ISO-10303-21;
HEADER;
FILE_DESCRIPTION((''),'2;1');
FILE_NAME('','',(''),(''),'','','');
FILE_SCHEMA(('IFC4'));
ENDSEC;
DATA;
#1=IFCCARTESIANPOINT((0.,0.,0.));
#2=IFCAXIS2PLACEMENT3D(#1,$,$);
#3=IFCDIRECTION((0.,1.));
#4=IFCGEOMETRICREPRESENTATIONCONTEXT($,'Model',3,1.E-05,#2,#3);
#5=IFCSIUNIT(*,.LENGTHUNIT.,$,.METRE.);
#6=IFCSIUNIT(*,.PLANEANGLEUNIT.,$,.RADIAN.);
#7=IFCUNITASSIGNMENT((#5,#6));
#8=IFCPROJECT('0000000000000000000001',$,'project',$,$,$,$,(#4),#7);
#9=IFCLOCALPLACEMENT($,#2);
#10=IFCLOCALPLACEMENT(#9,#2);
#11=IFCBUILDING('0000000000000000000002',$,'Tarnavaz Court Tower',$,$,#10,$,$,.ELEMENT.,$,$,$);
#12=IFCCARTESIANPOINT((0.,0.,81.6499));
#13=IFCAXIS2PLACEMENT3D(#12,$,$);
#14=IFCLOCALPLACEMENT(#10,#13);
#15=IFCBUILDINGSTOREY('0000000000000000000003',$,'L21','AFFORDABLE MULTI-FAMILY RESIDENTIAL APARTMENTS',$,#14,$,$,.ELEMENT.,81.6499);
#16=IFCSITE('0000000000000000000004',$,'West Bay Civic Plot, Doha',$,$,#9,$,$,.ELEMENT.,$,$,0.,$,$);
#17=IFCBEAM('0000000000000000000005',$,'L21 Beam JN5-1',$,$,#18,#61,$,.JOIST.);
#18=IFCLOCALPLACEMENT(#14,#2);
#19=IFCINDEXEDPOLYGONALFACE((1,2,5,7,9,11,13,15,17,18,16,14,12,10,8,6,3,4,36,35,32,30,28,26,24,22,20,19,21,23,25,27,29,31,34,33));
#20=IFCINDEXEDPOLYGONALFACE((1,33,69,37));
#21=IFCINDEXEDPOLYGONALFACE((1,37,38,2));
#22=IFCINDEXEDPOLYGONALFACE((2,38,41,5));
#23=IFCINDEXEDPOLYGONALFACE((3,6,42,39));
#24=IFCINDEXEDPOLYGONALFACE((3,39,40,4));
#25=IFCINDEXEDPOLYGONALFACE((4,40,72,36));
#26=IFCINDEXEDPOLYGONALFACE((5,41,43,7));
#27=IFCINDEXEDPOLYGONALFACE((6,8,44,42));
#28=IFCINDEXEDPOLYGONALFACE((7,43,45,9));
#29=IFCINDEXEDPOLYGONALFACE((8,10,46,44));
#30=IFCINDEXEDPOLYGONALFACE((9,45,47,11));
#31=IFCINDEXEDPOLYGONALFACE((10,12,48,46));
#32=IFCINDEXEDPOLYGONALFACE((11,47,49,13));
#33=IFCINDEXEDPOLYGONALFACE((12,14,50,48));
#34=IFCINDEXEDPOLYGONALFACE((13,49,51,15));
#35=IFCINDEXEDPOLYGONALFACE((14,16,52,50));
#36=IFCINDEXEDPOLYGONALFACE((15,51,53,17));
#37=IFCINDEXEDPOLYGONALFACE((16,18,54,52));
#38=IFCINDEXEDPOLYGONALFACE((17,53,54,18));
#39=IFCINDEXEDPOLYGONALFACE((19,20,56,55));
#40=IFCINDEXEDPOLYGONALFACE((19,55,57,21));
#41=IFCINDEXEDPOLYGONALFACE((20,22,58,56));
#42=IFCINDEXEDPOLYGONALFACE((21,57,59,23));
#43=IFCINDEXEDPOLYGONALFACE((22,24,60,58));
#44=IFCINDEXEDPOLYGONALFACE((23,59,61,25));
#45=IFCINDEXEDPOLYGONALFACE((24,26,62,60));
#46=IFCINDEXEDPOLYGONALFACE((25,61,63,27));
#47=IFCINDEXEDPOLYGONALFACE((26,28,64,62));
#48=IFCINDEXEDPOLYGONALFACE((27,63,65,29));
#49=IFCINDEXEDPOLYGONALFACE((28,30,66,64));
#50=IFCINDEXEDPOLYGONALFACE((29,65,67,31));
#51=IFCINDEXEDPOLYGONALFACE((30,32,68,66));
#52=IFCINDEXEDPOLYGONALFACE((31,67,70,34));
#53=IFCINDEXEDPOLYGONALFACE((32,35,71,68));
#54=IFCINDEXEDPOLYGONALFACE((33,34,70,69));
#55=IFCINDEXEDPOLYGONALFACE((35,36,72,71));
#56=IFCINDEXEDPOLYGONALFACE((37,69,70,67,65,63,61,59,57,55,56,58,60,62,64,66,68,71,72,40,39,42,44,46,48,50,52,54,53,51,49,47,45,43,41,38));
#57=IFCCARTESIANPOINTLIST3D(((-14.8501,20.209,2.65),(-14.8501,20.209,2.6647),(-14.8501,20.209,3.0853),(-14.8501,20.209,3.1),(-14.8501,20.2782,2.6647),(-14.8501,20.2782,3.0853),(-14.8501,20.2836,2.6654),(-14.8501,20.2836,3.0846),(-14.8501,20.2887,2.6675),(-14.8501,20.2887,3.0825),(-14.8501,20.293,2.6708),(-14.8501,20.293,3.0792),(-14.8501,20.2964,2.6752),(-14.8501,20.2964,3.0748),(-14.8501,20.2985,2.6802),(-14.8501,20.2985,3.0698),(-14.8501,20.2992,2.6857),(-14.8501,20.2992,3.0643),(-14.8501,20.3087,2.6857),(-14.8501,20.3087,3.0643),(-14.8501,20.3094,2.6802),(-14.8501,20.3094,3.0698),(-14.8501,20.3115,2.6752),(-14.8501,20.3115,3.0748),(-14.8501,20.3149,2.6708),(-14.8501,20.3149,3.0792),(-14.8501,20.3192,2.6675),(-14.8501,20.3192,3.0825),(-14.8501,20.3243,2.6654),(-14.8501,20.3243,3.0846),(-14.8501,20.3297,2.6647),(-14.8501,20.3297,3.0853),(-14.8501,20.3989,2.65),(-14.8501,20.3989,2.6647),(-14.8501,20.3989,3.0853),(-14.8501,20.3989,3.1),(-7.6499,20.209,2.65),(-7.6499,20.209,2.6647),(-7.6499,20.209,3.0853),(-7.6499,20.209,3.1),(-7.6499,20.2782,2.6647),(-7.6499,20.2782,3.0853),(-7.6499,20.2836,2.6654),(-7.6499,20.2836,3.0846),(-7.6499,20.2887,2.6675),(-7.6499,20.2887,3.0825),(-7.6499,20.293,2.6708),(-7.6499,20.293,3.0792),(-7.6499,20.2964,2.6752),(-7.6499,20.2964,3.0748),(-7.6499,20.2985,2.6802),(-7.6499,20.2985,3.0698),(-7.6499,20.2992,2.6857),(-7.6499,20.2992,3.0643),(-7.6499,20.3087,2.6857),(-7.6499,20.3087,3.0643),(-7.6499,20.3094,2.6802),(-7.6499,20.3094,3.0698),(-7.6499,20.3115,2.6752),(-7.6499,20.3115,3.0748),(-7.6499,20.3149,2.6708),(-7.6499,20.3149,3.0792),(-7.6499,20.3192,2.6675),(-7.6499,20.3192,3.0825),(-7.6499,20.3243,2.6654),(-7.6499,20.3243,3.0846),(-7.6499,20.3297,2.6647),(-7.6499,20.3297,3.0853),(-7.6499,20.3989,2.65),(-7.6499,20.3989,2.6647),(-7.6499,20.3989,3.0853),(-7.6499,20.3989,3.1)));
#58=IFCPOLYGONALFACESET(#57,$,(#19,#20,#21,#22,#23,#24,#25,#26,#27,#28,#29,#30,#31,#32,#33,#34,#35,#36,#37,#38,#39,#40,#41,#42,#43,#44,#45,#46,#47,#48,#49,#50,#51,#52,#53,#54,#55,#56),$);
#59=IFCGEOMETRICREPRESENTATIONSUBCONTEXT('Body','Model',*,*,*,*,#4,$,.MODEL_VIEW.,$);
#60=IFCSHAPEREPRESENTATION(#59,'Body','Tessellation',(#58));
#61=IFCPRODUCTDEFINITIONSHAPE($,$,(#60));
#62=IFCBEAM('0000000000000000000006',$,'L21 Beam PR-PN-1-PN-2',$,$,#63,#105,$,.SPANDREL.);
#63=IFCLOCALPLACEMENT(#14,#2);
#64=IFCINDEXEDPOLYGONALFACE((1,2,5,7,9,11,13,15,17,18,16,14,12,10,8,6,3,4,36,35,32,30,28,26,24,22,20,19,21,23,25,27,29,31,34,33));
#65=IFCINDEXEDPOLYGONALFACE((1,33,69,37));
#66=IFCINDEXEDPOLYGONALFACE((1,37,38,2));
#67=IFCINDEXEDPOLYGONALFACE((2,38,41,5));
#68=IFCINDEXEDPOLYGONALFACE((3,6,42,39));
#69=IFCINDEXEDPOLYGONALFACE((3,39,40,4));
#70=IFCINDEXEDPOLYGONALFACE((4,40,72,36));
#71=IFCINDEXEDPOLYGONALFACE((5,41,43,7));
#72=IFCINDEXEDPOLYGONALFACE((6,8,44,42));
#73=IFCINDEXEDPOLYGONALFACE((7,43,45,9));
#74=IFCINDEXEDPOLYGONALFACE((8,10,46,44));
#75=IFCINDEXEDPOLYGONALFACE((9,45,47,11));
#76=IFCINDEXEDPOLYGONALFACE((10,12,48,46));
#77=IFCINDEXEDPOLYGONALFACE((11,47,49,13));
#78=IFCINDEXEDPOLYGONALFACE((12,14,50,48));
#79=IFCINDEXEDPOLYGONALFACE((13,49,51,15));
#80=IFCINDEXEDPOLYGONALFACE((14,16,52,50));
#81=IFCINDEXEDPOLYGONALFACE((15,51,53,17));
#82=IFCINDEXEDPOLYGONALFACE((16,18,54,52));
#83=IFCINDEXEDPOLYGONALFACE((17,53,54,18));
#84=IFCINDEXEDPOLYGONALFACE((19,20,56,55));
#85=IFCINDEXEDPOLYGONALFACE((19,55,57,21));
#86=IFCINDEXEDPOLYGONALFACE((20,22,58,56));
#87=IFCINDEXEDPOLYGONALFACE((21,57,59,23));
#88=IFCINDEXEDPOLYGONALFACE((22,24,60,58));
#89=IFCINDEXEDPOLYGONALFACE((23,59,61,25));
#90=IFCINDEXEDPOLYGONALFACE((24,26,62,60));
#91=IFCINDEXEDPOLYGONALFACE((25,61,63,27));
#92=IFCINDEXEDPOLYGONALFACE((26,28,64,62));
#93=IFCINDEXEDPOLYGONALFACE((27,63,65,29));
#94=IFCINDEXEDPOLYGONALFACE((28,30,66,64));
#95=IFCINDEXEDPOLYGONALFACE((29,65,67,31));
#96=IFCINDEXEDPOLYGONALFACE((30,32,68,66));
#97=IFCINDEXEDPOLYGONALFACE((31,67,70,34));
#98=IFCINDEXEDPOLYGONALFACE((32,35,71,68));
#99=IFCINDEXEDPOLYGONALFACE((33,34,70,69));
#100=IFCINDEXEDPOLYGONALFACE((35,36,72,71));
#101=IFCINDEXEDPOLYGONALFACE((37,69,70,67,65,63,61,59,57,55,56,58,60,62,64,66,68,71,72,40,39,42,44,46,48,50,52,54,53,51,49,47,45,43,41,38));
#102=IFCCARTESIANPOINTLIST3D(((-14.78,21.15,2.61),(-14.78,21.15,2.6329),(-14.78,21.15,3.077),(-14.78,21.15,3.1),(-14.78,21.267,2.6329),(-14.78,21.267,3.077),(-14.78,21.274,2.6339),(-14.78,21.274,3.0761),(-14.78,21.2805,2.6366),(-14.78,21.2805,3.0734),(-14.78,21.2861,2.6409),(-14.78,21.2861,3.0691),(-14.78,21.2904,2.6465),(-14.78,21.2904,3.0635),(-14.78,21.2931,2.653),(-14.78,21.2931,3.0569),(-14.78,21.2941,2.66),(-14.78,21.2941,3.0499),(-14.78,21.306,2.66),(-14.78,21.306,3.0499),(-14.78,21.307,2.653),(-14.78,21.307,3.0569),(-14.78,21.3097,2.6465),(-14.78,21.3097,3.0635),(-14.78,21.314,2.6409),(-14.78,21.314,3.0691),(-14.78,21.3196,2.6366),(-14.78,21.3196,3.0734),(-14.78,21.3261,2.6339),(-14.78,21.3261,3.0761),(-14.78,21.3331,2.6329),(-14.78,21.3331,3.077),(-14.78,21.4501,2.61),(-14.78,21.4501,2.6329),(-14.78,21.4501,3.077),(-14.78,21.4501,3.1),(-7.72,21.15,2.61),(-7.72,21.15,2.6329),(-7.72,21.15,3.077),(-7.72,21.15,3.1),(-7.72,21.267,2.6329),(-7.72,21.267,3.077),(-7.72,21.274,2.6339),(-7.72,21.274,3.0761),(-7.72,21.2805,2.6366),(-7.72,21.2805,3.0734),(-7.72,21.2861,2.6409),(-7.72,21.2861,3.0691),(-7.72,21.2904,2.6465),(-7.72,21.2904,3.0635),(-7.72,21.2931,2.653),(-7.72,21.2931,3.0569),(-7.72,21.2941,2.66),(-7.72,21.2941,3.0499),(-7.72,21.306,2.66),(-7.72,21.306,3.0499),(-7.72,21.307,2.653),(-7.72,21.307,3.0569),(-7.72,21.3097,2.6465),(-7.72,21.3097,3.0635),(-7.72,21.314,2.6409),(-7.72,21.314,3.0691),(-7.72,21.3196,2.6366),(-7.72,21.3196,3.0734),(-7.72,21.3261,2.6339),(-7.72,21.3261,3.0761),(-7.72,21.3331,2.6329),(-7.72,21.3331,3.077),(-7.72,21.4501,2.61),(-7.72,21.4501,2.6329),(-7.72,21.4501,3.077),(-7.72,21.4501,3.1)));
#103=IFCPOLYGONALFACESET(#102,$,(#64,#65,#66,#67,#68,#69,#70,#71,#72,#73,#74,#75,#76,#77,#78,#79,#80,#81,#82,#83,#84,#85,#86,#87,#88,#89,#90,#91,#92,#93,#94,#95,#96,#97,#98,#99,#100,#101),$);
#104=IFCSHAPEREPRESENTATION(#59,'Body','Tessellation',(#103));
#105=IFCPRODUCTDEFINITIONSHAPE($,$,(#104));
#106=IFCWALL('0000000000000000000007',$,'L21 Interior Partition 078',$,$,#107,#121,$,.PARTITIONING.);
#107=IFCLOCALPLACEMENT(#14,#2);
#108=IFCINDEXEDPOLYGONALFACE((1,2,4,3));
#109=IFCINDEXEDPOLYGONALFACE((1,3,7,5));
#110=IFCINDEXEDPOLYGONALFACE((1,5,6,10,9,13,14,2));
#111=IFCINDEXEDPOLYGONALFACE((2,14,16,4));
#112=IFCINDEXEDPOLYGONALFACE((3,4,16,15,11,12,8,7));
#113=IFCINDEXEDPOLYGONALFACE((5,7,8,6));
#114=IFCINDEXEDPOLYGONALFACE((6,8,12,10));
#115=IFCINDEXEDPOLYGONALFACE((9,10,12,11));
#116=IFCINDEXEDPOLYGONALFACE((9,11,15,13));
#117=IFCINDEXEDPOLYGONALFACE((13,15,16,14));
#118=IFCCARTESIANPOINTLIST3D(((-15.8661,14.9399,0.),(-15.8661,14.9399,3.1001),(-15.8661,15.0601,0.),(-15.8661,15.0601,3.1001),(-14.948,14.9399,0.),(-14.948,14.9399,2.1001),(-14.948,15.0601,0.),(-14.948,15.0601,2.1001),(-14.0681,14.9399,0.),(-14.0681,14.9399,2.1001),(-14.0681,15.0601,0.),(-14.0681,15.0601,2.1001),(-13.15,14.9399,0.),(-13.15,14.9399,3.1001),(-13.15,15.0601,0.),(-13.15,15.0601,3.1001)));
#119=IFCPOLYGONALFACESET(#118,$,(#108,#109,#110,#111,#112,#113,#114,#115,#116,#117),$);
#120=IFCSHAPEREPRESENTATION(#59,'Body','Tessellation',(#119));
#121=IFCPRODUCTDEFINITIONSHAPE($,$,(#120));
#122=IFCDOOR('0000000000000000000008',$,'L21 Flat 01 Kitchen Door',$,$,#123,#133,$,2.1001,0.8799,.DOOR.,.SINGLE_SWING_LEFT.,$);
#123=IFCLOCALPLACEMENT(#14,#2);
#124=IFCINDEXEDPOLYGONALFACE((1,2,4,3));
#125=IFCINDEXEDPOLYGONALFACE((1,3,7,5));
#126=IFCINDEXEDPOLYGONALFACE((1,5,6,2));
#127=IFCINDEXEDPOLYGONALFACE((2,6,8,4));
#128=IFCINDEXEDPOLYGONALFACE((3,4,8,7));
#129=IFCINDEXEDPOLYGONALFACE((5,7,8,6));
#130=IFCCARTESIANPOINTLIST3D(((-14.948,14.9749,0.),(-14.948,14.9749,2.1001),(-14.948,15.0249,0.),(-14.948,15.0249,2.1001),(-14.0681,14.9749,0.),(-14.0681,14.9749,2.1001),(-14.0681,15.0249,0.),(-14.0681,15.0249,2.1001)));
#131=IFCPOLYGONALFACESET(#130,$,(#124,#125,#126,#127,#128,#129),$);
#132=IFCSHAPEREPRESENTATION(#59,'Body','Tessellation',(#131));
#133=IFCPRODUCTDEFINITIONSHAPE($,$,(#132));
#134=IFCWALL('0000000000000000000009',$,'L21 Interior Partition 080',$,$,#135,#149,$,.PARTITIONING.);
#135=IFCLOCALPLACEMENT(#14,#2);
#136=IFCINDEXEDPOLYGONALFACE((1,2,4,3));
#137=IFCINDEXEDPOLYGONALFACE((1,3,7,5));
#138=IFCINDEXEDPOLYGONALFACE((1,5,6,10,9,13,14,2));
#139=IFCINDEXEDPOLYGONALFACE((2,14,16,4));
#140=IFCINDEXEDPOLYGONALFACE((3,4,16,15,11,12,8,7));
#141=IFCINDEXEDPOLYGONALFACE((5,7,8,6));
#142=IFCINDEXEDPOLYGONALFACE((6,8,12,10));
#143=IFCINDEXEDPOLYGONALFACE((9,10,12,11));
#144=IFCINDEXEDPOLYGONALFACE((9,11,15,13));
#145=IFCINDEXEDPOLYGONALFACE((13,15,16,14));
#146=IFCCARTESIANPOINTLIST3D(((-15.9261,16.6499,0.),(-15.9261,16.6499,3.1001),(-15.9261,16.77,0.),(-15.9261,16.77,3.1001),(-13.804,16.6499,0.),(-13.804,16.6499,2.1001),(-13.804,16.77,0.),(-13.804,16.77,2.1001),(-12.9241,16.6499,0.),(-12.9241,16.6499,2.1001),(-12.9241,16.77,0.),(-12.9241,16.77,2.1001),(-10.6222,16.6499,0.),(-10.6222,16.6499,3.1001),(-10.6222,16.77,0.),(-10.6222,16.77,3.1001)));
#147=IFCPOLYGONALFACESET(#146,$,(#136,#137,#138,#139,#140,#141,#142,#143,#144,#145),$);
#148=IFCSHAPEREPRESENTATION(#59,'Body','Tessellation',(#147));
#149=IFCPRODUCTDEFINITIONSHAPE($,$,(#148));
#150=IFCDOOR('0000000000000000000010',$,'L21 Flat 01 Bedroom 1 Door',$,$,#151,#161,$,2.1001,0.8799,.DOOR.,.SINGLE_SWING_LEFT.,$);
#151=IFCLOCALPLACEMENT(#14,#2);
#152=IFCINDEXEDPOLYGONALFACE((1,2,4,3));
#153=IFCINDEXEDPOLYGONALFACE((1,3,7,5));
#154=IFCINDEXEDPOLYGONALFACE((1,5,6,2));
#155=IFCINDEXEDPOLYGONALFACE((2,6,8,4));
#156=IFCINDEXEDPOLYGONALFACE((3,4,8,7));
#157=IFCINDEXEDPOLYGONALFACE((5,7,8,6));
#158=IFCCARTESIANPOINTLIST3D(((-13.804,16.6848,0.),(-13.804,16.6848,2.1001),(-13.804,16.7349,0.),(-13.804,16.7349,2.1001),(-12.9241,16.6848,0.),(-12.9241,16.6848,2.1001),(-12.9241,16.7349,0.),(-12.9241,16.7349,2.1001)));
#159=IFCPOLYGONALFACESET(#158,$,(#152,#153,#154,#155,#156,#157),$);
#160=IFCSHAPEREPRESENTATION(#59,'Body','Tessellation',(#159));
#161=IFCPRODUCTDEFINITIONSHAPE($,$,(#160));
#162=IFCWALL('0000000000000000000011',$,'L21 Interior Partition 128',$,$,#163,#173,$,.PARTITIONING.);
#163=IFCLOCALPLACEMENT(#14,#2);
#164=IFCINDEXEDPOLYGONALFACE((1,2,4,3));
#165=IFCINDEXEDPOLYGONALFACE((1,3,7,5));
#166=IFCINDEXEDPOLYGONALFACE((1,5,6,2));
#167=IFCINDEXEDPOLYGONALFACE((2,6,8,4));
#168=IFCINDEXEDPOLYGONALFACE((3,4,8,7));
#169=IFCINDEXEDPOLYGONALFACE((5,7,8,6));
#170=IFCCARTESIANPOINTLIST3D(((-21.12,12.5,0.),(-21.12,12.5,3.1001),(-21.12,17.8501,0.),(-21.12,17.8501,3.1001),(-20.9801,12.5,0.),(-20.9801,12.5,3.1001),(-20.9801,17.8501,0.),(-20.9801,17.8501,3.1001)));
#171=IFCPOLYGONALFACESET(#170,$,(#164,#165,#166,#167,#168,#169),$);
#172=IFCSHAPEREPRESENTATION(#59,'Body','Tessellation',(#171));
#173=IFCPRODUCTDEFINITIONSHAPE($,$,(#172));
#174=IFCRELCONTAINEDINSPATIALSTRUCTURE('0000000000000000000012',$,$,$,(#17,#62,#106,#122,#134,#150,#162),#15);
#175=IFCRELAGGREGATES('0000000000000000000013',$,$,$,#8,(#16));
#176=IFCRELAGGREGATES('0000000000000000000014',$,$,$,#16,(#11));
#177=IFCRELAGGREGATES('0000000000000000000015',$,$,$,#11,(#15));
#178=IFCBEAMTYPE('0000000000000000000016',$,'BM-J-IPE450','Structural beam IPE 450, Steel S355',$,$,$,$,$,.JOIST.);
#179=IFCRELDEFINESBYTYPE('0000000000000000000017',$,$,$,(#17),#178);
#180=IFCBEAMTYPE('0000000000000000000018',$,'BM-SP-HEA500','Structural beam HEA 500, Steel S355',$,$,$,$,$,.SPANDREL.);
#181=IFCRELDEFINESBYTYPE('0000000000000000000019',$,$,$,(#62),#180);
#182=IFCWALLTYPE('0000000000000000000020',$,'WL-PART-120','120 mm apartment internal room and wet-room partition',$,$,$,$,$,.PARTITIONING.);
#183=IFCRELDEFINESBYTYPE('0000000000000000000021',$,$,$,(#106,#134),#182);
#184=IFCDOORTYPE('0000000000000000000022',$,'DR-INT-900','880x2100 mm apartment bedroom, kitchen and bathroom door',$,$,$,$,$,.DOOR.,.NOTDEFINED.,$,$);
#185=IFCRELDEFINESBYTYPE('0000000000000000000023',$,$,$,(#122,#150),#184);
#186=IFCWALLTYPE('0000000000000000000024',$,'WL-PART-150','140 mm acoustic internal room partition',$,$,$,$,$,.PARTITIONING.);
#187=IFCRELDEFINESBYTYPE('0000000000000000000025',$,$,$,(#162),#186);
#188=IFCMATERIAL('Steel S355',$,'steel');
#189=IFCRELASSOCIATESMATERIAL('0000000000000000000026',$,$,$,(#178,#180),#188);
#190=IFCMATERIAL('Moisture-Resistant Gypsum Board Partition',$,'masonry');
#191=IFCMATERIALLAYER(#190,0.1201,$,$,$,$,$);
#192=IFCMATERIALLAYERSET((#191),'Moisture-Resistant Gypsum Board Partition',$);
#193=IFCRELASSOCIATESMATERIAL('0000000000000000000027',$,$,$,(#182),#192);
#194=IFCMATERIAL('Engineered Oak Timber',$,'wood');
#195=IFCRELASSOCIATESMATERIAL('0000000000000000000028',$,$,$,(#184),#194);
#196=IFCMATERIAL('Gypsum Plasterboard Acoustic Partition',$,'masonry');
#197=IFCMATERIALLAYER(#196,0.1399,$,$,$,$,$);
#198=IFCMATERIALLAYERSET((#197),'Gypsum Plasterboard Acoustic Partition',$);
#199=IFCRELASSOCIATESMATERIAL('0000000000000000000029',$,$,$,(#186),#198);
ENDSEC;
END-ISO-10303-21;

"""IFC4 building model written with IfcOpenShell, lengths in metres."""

from ifc_helpers import new_model, si_unit, direction, frame, frame_2d, origin, origin_2d, place, context, subcontext, project, spatial, rectangle, i_section, extrude, material, layer, layer_set, material_profile, profile_set, type_object, element, fill, save


model = new_model("IFC4")

# Units and contexts
model_context = context("Model", 3, precision=1e-05, world=origin(), true_north=direction((0.0, 1.0)))
body_context = subcontext(model_context, "Body", "Model", "MODEL_VIEW")
ifc_project = project(units=[si_unit("LENGTHUNIT", "METRE"), si_unit("PLANEANGLEUNIT", "RADIAN")], contexts=[model_context])

# Site, building, storey
site_placement = place(None, origin())
site = spatial("IfcSite", under=ifc_project, at=site_placement, Name="West Bay Civic Plot, Doha", CompositionType="ELEMENT", RefElevation=0.0)
building_placement = place(site_placement, origin())
building = spatial("IfcBuilding", under=site, at=building_placement, Name="Tarnavaz Court Tower", CompositionType="ELEMENT")
storey_placement = place(building_placement, frame((0.0, 0.0, 81.6499)))
storey = spatial("IfcBuildingStorey", under=building, at=storey_placement, Name="L21", Description="AFFORDABLE MULTI-FAMILY RESIDENTIAL APARTMENTS", CompositionType="ELEMENT", Elevation=81.6499)

# Beams
ifc_material_1 = material(Name="Steel S355", Category="steel")
ifc_material_profile_1 = material_profile(ifc_material_1, i_section(OverallWidth=0.1899, OverallDepth=0.45, WebThickness=0.0095, FlangeThickness=0.0146, FilletRadius=0.021, at=origin_2d()), Name="IPE 450")
ifc_profile_set_1 = profile_set([ifc_material_profile_1], Name="Steel S355")
beam_type_1 = type_object("IfcBeamType", Name="BM-J-IPE450", Description="Structural beam IPE 450, Steel S355", PredefinedType="JOIST", material=ifc_profile_set_1)
for number, where, z_axis, x_axis, name in (
    (1, (-14.8501, 20.304, 2.875), (1.0, 0.0, 0.0), (0.0, 1.0, 0.0), "L21 Beam JN5-1"),
):
    element("IfcBeam", number, at=place(storey_placement, frame(where, z_axis=z_axis, x_axis=x_axis)), inside=storey, type_object=beam_type_1, Name=name, PredefinedType="JOIST", context=body_context, shape_type="SweptSolid", body=[
        extrude(i_section(OverallWidth=0.1899, OverallDepth=0.45, WebThickness=0.0095, FlangeThickness=0.0146, FilletRadius=0.021, at=origin_2d()), origin(), (0.0, 0.0, 1.0), 7.2002),
    ])
ifc_material_profile_2 = material_profile(ifc_material_1, i_section(OverallWidth=0.3, OverallDepth=0.49, WebThickness=0.012, FlangeThickness=0.0229, FilletRadius=0.0271, at=origin_2d()), Name="HEA 500")
ifc_profile_set_2 = profile_set([ifc_material_profile_2], Name="Steel S355")
beam_type_2 = type_object("IfcBeamType", Name="BM-SP-HEA500", Description="Structural beam HEA 500, Steel S355", PredefinedType="SPANDREL", material=ifc_profile_set_2)
beam_placement = place(storey_placement, frame((-14.78, 21.3, 2.855), z_axis=(1.0, 0.0, 0.0), x_axis=(0.0, 1.0, 0.0)))
element("IfcBeam", 2, at=beam_placement, inside=storey, type_object=beam_type_2, Name="L21 Beam PR-PN-1-PN-2", PredefinedType="SPANDREL", context=body_context, shape_type="SweptSolid", body=[
    extrude(i_section(OverallWidth=0.3, OverallDepth=0.49, WebThickness=0.012, FlangeThickness=0.0229, FilletRadius=0.0271, at=origin_2d()), origin(), (0.0, 0.0, 1.0), 7.0601),
])

# Walls, openings, doors
ifc_material_2 = material(Name="Moisture-Resistant Gypsum Board Partition", Category="masonry")
ifc_layer_1 = layer(ifc_material_2, 0.1201)
ifc_layer_set_1 = layer_set([ifc_layer_1], Name="Moisture-Resistant Gypsum Board Partition")
wall_type_1 = type_object("IfcWallType", Name="WL-PART-120", Description="120 mm apartment internal room and wet-room partition", PredefinedType="PARTITIONING", material=ifc_layer_set_1)
wall_1_placement = place(storey_placement, frame((-15.866, 15.0, 0.0), z_axis=(0.0, 0.0, 1.0), x_axis=(1.0, 0.0, 0.0)))
wall_1 = element("IfcWall", 3, at=wall_1_placement, inside=storey, type_object=wall_type_1, Name="L21 Interior Partition 078", PredefinedType="PARTITIONING", context=body_context, shape_type="SweptSolid", body=[
    extrude(rectangle(XDim=2.7161, YDim=0.1201, at=frame_2d((1.3579, 0.0))), origin(), (0.0, 0.0, 1.0), 3.1001),
])
opening_1_placement = place(wall_1_placement, frame((0.918, 0.0, 0.0)))
opening_1 = element("IfcOpeningElement", 4, at=opening_1_placement, cuts=wall_1, PredefinedType="OPENING", context=body_context, shape_type="SweptSolid", body=[
    extrude(rectangle(XDim=0.8799, YDim=2.1001, at=frame_2d((0.4399, 1.05))), frame((0.0, 0.0701, 0.0), z_axis=(0.0, -1.0, 0.0), x_axis=(1.0, 0.0, 0.0)), (0.0, 0.0, 1.0), 0.1401),
])
ifc_material_3 = material(Name="Engineered Oak Timber", Category="wood")
door_type = type_object("IfcDoorType", Name="DR-INT-900", Description="880x2100 mm apartment bedroom, kitchen and bathroom door", OperationType="NOTDEFINED", PredefinedType="DOOR", material=ifc_material_3)
door_1_placement = place(opening_1_placement, origin())
door_1 = element("IfcDoor", 5, at=door_1_placement, inside=storey, type_object=door_type, Name="L21 Flat 01 Kitchen Door", OperationType="SINGLE_SWING_LEFT", OverallHeight=2.1001, OverallWidth=0.8799, PredefinedType="DOOR", context=body_context, shape_type="SweptSolid", body=[
    extrude(rectangle(XDim=0.8799, YDim=2.1001, at=frame_2d((0.4399, 1.05))), frame((0.0, 0.0249, 0.0), z_axis=(0.0, -1.0, 0.0), x_axis=(1.0, 0.0, 0.0)), (0.0, 0.0, 1.0), 0.05),
])
fill(opening_1, door_1)
wall_2_placement = place(storey_placement, frame((-15.926, 16.71, 0.0), z_axis=(0.0, 0.0, 1.0), x_axis=(1.0, 0.0, 0.0)))
wall_2 = element("IfcWall", 6, at=wall_2_placement, inside=storey, type_object=wall_type_1, Name="L21 Interior Partition 080", PredefinedType="PARTITIONING", context=body_context, shape_type="SweptSolid", body=[
    extrude(rectangle(XDim=5.304, YDim=0.1201, at=frame_2d((2.6519, 0.0))), origin(), (0.0, 0.0, 1.0), 3.1001),
])
opening_2_placement = place(wall_2_placement, frame((2.1221, 0.0, 0.0)))
opening_2 = element("IfcOpeningElement", 7, at=opening_2_placement, cuts=wall_2, PredefinedType="OPENING", context=body_context, shape_type="SweptSolid", body=[
    extrude(rectangle(XDim=0.8799, YDim=2.1001, at=frame_2d((0.4399, 1.05))), frame((0.0, 0.0701, 0.0), z_axis=(0.0, -1.0, 0.0), x_axis=(1.0, 0.0, 0.0)), (0.0, 0.0, 1.0), 0.1401),
])
door_2_placement = place(opening_2_placement, origin())
door_2 = element("IfcDoor", 8, at=door_2_placement, inside=storey, type_object=door_type, Name="L21 Flat 01 Bedroom 1 Door", OperationType="SINGLE_SWING_LEFT", OverallHeight=2.1001, OverallWidth=0.8799, PredefinedType="DOOR", context=body_context, shape_type="SweptSolid", body=[
    extrude(rectangle(XDim=0.8799, YDim=2.1001, at=frame_2d((0.4399, 1.05))), frame((0.0, 0.0249, 0.0), z_axis=(0.0, -1.0, 0.0), x_axis=(1.0, 0.0, 0.0)), (0.0, 0.0, 1.0), 0.05),
])
fill(opening_2, door_2)

# Wall
ifc_material_4 = material(Name="Gypsum Plasterboard Acoustic Partition", Category="masonry")
ifc_layer_2 = layer(ifc_material_4, 0.1399)
ifc_layer_set_2 = layer_set([ifc_layer_2], Name="Gypsum Plasterboard Acoustic Partition")
wall_type_2 = type_object("IfcWallType", Name="WL-PART-150", Description="140 mm acoustic internal room partition", PredefinedType="PARTITIONING", material=ifc_layer_set_2)
wall_3_placement = place(storey_placement, frame((-21.05, 12.5, 0.0), z_axis=(0.0, 0.0, 1.0), x_axis=(0.0, 1.0, 0.0)))
element("IfcWall", 9, at=wall_3_placement, inside=storey, type_object=wall_type_2, Name="L21 Interior Partition 128", PredefinedType="PARTITIONING", context=body_context, shape_type="SweptSolid", body=[
    extrude(rectangle(XDim=5.3501, YDim=0.1399, at=frame_2d((2.675, 0.0))), origin(), (0.0, 0.0, 1.0), 3.1001),
])

save(model, "model.ifc")
